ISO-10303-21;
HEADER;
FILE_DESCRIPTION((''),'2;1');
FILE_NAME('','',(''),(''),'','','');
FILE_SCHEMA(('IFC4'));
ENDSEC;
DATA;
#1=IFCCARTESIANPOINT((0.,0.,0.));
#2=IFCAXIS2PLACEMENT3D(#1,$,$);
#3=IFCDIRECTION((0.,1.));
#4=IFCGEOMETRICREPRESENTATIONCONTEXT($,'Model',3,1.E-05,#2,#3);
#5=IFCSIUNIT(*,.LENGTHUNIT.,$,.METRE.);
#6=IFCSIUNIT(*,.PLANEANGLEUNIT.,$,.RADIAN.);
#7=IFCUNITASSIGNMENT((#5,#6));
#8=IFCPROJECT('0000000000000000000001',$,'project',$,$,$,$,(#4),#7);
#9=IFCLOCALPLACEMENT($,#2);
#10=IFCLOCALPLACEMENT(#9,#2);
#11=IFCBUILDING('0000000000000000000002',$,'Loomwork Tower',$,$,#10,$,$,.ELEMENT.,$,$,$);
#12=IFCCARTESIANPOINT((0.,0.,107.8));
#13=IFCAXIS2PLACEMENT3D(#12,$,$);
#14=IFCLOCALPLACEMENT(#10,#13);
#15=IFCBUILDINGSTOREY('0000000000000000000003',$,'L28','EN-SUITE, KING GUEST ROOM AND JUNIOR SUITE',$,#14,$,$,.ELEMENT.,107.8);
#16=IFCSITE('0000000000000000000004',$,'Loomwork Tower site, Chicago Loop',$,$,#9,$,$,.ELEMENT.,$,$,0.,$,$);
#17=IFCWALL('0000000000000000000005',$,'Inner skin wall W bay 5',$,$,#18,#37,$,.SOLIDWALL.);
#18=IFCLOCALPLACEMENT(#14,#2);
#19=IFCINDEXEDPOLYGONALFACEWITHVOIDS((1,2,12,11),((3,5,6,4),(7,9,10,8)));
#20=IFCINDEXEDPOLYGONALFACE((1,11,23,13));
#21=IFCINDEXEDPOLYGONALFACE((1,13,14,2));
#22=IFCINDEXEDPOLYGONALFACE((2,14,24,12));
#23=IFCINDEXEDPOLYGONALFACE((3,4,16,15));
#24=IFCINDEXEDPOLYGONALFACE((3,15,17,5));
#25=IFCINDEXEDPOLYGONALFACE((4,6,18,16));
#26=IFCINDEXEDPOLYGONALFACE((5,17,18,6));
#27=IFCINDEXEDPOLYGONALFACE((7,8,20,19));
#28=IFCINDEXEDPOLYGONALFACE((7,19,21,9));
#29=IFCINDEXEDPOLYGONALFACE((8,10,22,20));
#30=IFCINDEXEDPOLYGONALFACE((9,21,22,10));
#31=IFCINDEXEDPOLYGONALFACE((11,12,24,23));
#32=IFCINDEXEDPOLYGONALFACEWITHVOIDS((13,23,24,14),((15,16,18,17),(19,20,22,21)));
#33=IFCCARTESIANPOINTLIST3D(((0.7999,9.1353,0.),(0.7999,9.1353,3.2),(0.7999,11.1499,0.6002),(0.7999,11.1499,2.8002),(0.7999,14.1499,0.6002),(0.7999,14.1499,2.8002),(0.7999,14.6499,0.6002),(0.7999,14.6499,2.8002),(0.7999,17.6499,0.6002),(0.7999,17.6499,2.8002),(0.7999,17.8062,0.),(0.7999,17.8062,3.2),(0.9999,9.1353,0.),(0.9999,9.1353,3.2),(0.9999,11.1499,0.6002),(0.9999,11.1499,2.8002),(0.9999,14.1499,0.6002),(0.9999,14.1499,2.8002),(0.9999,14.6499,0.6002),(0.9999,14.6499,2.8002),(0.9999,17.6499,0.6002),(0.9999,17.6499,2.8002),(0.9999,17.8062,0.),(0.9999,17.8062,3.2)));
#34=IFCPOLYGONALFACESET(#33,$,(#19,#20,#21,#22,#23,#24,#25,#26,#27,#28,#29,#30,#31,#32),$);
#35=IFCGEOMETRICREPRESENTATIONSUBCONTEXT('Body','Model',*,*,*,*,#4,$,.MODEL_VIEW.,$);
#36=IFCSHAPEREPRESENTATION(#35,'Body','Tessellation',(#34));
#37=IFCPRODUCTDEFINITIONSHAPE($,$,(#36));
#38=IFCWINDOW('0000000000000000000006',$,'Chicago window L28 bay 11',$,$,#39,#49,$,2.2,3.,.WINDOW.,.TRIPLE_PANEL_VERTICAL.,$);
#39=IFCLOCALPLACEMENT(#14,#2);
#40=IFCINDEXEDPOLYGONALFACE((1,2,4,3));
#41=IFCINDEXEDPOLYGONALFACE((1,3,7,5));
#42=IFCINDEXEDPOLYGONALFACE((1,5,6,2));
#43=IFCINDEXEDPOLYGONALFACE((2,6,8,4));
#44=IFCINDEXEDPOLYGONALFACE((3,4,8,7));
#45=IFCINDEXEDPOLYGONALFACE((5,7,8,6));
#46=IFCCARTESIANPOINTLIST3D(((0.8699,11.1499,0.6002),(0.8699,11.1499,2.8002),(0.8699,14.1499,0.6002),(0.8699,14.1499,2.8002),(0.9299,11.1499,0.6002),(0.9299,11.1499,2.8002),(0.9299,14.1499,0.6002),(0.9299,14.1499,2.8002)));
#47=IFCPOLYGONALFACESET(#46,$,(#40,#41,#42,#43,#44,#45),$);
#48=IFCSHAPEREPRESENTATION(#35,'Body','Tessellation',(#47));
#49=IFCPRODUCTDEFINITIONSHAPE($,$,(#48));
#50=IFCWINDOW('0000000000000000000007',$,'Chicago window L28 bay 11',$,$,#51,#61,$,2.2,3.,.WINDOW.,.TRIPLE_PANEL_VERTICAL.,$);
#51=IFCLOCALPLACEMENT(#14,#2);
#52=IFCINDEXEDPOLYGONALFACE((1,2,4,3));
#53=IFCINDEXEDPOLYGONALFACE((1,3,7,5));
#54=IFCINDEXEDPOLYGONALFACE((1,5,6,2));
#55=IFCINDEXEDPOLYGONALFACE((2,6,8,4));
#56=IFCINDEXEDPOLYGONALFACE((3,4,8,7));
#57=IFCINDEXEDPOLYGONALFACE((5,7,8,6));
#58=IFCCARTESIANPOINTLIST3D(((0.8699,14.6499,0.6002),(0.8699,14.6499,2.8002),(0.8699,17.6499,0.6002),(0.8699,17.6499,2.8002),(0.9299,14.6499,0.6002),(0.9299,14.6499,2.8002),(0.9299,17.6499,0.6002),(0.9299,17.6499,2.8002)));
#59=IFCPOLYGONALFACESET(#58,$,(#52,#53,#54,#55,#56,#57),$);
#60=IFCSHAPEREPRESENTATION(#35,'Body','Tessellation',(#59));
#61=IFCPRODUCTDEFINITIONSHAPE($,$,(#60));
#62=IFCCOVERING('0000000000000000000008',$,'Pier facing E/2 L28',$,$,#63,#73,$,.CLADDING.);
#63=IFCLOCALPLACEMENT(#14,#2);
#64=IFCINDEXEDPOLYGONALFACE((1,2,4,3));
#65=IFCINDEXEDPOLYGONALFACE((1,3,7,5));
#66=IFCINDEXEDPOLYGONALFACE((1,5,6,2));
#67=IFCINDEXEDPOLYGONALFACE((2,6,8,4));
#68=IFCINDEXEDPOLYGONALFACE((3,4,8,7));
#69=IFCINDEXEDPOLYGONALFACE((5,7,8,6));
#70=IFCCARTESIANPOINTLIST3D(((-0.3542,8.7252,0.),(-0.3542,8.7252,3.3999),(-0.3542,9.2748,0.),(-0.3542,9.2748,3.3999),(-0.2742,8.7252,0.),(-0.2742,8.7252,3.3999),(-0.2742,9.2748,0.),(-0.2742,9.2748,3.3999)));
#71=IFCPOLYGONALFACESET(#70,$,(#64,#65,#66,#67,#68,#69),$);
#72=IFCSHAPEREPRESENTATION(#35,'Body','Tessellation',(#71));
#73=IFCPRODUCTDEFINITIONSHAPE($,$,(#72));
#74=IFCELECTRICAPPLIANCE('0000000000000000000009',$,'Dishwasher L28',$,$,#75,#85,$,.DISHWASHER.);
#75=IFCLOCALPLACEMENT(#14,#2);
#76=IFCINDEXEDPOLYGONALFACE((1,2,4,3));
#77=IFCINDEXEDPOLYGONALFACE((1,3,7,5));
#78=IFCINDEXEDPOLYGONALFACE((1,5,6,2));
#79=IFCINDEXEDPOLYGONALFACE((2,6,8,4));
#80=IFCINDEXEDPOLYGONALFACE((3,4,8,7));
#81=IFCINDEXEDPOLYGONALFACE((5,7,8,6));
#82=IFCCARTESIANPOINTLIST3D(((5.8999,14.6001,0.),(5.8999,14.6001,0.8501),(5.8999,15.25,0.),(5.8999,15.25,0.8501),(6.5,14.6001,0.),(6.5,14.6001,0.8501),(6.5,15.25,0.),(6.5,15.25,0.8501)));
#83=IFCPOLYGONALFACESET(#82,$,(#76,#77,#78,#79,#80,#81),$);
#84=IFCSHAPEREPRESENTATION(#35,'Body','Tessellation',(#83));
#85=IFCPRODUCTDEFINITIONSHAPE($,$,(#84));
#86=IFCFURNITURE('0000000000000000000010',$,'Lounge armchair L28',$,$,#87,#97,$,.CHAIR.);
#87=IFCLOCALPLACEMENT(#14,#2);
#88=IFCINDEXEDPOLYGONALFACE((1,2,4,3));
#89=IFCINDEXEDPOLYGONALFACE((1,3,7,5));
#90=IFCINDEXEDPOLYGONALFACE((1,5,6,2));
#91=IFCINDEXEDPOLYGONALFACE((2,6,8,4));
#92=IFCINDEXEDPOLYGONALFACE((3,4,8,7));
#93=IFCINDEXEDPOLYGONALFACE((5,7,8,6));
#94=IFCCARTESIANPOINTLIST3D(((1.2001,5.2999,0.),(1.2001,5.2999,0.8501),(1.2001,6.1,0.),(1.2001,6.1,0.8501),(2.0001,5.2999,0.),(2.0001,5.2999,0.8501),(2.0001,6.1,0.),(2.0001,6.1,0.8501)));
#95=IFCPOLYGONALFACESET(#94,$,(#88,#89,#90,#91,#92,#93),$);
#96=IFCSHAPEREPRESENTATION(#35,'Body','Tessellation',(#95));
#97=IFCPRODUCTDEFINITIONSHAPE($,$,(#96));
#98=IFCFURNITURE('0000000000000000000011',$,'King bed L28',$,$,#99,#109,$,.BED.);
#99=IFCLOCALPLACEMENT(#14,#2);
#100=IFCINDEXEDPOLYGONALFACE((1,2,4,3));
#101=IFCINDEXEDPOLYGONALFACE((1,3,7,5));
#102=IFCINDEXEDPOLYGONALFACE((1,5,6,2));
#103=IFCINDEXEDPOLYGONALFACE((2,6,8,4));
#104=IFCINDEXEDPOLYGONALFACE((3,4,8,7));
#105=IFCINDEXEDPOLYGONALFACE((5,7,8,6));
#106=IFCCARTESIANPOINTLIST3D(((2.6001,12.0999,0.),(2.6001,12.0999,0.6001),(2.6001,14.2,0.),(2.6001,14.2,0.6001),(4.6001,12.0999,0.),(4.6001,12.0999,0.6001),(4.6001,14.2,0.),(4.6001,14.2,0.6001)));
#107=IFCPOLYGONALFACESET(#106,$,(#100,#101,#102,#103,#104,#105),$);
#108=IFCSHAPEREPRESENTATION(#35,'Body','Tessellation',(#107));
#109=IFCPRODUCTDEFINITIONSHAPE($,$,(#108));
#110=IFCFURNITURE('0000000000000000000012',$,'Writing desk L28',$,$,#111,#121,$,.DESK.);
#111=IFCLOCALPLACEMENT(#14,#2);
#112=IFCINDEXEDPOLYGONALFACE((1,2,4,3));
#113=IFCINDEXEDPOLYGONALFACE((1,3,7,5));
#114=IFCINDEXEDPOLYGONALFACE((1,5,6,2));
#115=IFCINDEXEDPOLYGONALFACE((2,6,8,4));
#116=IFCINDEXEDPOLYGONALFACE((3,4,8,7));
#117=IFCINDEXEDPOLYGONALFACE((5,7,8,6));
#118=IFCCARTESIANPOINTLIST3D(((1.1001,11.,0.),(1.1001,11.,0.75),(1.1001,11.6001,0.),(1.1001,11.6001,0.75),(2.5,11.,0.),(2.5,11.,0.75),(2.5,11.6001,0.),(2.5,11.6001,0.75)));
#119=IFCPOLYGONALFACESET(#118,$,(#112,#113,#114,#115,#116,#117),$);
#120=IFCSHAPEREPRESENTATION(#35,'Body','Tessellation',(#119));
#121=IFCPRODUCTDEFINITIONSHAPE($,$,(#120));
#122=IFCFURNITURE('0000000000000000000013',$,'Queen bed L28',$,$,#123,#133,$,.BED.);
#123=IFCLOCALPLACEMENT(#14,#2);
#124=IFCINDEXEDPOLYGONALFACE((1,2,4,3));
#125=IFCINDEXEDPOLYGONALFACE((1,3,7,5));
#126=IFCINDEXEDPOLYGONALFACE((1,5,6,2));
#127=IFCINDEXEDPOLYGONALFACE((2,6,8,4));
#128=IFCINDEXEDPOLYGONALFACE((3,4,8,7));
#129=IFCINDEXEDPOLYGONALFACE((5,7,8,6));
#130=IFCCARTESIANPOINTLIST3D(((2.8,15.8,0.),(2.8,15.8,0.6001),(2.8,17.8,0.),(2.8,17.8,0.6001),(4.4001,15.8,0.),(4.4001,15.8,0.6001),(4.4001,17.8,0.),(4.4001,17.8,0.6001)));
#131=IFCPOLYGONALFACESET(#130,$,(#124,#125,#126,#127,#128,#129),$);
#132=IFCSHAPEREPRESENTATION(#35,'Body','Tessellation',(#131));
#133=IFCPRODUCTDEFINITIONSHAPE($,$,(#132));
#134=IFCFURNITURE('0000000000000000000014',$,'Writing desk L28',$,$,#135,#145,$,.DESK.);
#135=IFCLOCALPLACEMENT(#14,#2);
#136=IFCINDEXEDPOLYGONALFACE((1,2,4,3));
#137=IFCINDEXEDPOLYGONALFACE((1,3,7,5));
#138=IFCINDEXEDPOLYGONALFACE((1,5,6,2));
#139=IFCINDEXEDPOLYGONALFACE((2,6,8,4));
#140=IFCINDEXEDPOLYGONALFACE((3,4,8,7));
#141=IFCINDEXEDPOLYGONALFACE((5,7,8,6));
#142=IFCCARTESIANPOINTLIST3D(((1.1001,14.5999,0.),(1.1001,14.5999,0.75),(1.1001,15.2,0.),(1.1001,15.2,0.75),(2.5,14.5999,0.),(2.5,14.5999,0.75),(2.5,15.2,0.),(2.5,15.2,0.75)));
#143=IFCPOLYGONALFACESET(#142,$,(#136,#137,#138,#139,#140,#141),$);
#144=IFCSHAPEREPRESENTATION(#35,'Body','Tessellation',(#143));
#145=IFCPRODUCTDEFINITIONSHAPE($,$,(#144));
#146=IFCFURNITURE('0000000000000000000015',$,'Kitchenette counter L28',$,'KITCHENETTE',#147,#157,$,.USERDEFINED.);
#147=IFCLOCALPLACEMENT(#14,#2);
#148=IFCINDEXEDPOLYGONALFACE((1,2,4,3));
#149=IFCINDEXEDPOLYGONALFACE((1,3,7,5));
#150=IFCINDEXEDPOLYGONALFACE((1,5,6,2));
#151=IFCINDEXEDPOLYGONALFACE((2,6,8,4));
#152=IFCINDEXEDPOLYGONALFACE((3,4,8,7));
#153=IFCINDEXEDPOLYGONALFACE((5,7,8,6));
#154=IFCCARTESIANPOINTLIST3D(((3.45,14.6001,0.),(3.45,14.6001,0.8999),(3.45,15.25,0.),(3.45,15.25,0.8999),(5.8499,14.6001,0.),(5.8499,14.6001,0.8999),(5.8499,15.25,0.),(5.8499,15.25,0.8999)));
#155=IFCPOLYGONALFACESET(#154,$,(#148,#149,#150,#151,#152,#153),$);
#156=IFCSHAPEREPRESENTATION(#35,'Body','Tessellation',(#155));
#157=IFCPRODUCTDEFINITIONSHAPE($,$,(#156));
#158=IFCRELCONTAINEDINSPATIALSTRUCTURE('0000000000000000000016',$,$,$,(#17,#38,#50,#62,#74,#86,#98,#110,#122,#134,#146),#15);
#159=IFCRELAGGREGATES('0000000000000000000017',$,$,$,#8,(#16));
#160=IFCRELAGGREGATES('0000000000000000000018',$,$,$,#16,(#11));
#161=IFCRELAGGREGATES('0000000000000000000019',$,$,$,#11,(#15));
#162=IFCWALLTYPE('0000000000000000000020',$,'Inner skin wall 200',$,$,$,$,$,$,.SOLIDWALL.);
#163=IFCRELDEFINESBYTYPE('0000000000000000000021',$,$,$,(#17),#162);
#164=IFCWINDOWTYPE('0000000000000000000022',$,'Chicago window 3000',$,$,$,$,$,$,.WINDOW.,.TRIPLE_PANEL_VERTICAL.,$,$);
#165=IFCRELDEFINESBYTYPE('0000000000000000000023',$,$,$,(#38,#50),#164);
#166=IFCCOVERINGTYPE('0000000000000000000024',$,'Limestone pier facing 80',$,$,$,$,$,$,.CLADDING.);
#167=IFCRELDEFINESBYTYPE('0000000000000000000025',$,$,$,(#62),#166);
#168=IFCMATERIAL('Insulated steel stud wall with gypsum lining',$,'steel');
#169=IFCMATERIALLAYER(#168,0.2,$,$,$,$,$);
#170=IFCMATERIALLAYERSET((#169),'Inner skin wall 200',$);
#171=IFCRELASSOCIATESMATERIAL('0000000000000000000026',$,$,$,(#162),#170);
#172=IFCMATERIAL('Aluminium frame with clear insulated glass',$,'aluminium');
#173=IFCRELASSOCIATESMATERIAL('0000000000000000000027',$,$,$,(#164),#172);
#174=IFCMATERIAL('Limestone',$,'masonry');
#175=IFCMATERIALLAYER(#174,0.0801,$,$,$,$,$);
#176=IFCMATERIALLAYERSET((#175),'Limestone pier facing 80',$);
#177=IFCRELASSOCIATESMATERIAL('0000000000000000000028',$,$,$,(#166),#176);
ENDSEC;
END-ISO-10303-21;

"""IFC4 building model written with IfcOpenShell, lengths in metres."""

from ifc_helpers import new_model, si_unit, direction, frame, frame_2d, origin, origin_2d, place, context, subcontext, project, spatial, rectangle, extrude, material, layer, layer_set, type_object, element, fill, save


model = new_model("IFC4")

# Units and contexts
model_context = context("Model", 3, precision=1e-05, world=origin(), true_north=direction((0.0, 1.0)))
body_context = subcontext(model_context, "Body", "Model", "MODEL_VIEW")
ifc_project = project(units=[si_unit("LENGTHUNIT", "METRE"), si_unit("PLANEANGLEUNIT", "RADIAN")], contexts=[model_context])

# Site, building, storey
site_placement = place(None, origin())
site = spatial("IfcSite", under=ifc_project, at=site_placement, Name="Loomwork Tower site, Chicago Loop", CompositionType="ELEMENT", RefElevation=0.0)
building_placement = place(site_placement, origin())
building = spatial("IfcBuilding", under=site, at=building_placement, Name="Loomwork Tower", CompositionType="ELEMENT")
storey_placement = place(building_placement, frame((0.0, 0.0, 107.8)))
storey = spatial("IfcBuildingStorey", under=building, at=storey_placement, Name="L28", Description="EN-SUITE, KING GUEST ROOM AND JUNIOR SUITE", CompositionType="ELEMENT", Elevation=107.8)

# Shared definitions
ifc_material_1 = material(Name="Insulated steel stud wall with gypsum lining", Category="steel")
ifc_layer_1 = layer(ifc_material_1, 0.2)
ifc_layer_set_1 = layer_set([ifc_layer_1], Name="Inner skin wall 200")
wall_type_1 = type_object("IfcWallType", Name="Inner skin wall 200", PredefinedType="SOLIDWALL", material=ifc_layer_set_1)

# Wall, openings, windows
wall_1_placement = place(storey_placement, frame((0.8999, 9.1353, 0.0), z_axis=(0.0, 0.0, 1.0), x_axis=(0.0, 1.0, 0.0)))
wall_1 = element("IfcWall", 1, at=wall_1_placement, inside=storey, type_object=wall_type_1, Name="Inner skin wall W bay 5", PredefinedType="SOLIDWALL", context=body_context, shape_type="SweptSolid", body=[
    extrude(rectangle(XDim=8.6709, YDim=0.2, at=frame_2d((4.3354, 0.0))), origin(), (0.0, 0.0, 1.0), 3.2),
])
opening_1_placement = place(wall_1_placement, frame((2.0146, 0.0, 0.6001)))
opening_1 = element("IfcOpeningElement", 2, at=opening_1_placement, cuts=wall_1, PredefinedType="OPENING", context=body_context, shape_type="SweptSolid", body=[
    extrude(rectangle(XDim=3.0, YDim=2.2, at=frame_2d((1.5, 1.1001))), frame((0.0, 0.1099, 0.0), z_axis=(0.0, -1.0, 0.0), x_axis=(1.0, 0.0, 0.0)), (0.0, 0.0, 1.0), 0.22),
])
opening_2_placement = place(wall_1_placement, frame((5.5146, 0.0, 0.6001)))
opening_2 = element("IfcOpeningElement", 3, at=opening_2_placement, cuts=wall_1, PredefinedType="OPENING", context=body_context, shape_type="SweptSolid", body=[
    extrude(rectangle(XDim=3.0, YDim=2.2, at=frame_2d((1.5, 1.1001))), frame((0.0, 0.1099, 0.0), z_axis=(0.0, -1.0, 0.0), x_axis=(1.0, 0.0, 0.0)), (0.0, 0.0, 1.0), 0.22),
])
ifc_material_2 = material(Name="Aluminium frame with clear insulated glass", Category="aluminium")
window_type = type_object("IfcWindowType", Name="Chicago window 3000", PartitioningType="TRIPLE_PANEL_VERTICAL", PredefinedType="WINDOW", material=ifc_material_2)
window_1_placement = place(opening_1_placement, origin())
window_1 = element("IfcWindow", 4, at=window_1_placement, inside=storey, type_object=window_type, Name="Chicago window L28 bay 11", OverallHeight=2.2, OverallWidth=3.0, PartitioningType="TRIPLE_PANEL_VERTICAL", PredefinedType="WINDOW", context=body_context, shape_type="SweptSolid", body=[
    extrude(rectangle(XDim=3.0, YDim=2.2, at=frame_2d((1.5, 1.1001))), frame((0.0, 0.03, 0.0), z_axis=(0.0, -1.0, 0.0), x_axis=(1.0, 0.0, 0.0)), (0.0, 0.0, 1.0), 0.0601),
])
fill(opening_1, window_1)
window_2_placement = place(opening_2_placement, origin())
window_2 = element("IfcWindow", 5, at=window_2_placement, inside=storey, type_object=window_type, Name="Chicago window L28 bay 11", OverallHeight=2.2, OverallWidth=3.0, PartitioningType="TRIPLE_PANEL_VERTICAL", PredefinedType="WINDOW", context=body_context, shape_type="SweptSolid", body=[
    extrude(rectangle(XDim=3.0, YDim=2.2, at=frame_2d((1.5, 1.1001))), frame((0.0, 0.03, 0.0), z_axis=(0.0, -1.0, 0.0), x_axis=(1.0, 0.0, 0.0)), (0.0, 0.0, 1.0), 0.0601),
])
fill(opening_2, window_2)

# Covering
ifc_material_3 = material(Name="Limestone", Category="masonry")
ifc_layer_2 = layer(ifc_material_3, 0.0801)
ifc_layer_set_2 = layer_set([ifc_layer_2], Name="Limestone pier facing 80")
covering_type = type_object("IfcCoveringType", Name="Limestone pier facing 80", PredefinedType="CLADDING", material=ifc_layer_set_2)
covering_placement = place(storey_placement, frame((-0.3142, 9.0, 0.0), z_axis=(0.0, 0.0, 1.0), x_axis=(1.0, 0.0, 0.0)))
element("IfcCovering", 6, at=covering_placement, inside=storey, type_object=covering_type, Name="Pier facing E/2 L28", PredefinedType="CLADDING", context=body_context, shape_type="SweptSolid", body=[
    extrude(rectangle(XDim=0.0801, YDim=0.5496, at=origin_2d()), origin(), (0.0, 0.0, 1.0), 3.3999),
])

# Electric appliance
electric_appliance_placement = place(storey_placement, frame((6.2, 14.925, 0.0), z_axis=(0.0, 0.0, 1.0), x_axis=(1.0, 0.0, 0.0)))
element("IfcElectricAppliance", 7, at=electric_appliance_placement, inside=storey, Name="Dishwasher L28", PredefinedType="DISHWASHER", context=body_context, shape_type="SweptSolid", body=[
    extrude(rectangle(XDim=0.6001, YDim=0.6499, at=origin_2d()), origin(), (0.0, 0.0, 1.0), 0.8501),
])

# Furniture
furniture_1_placement = place(storey_placement, frame((1.6001, 5.7, 0.0), z_axis=(0.0, 0.0, 1.0), x_axis=(1.0, 0.0, 0.0)))
element("IfcFurniture", 8, at=furniture_1_placement, inside=storey, Name="Lounge armchair L28", PredefinedType="CHAIR", context=body_context, shape_type="SweptSolid", body=[
    extrude(rectangle(XDim=0.8, YDim=0.8, at=origin_2d()), origin(), (0.0, 0.0, 1.0), 0.8501),
])
furniture_2_placement = place(storey_placement, frame((3.6001, 13.1499, 0.0), z_axis=(0.0, 0.0, 1.0), x_axis=(1.0, 0.0, 0.0)))
element("IfcFurniture", 9, at=furniture_2_placement, inside=storey, Name="King bed L28", PredefinedType="BED", context=body_context, shape_type="SweptSolid", body=[
    extrude(rectangle(XDim=2.0, YDim=2.1001, at=origin_2d()), origin(), (0.0, 0.0, 1.0), 0.6001),
])
furniture_3_placement = place(storey_placement, frame((1.8, 11.3, 0.0), z_axis=(0.0, 0.0, 1.0), x_axis=(1.0, 0.0, 0.0)))
element("IfcFurniture", 10, at=furniture_3_placement, inside=storey, Name="Writing desk L28", PredefinedType="DESK", context=body_context, shape_type="SweptSolid", body=[
    extrude(rectangle(XDim=1.3999, YDim=0.6001, at=origin_2d()), origin(), (0.0, 0.0, 1.0), 0.75),
])
furniture_4_placement = place(storey_placement, frame((3.6001, 16.8, 0.0), z_axis=(0.0, 0.0, 1.0), x_axis=(1.0, 0.0, 0.0)))
element("IfcFurniture", 11, at=furniture_4_placement, inside=storey, Name="Queen bed L28", PredefinedType="BED", context=body_context, shape_type="SweptSolid", body=[
    extrude(rectangle(XDim=1.6001, YDim=2.0, at=origin_2d()), origin(), (0.0, 0.0, 1.0), 0.6001),
])
furniture_5_placement = place(storey_placement, frame((1.8, 14.8999, 0.0), z_axis=(0.0, 0.0, 1.0), x_axis=(1.0, 0.0, 0.0)))
element("IfcFurniture", 12, at=furniture_5_placement, inside=storey, Name="Writing desk L28", PredefinedType="DESK", context=body_context, shape_type="SweptSolid", body=[
    extrude(rectangle(XDim=1.3999, YDim=0.6001, at=origin_2d()), origin(), (0.0, 0.0, 1.0), 0.75),
])
furniture_6_placement = place(storey_placement, frame((4.6499, 14.925, 0.0), z_axis=(0.0, 0.0, 1.0), x_axis=(1.0, 0.0, 0.0)))
element("IfcFurniture", 13, at=furniture_6_placement, inside=storey, Name="Kitchenette counter L28", ObjectType="KITCHENETTE", PredefinedType="USERDEFINED", context=body_context, shape_type="SweptSolid", body=[
    extrude(rectangle(XDim=2.3999, YDim=0.6499, at=origin_2d()), origin(), (0.0, 0.0, 1.0), 0.8999),
])

save(model, "model.ifc")
